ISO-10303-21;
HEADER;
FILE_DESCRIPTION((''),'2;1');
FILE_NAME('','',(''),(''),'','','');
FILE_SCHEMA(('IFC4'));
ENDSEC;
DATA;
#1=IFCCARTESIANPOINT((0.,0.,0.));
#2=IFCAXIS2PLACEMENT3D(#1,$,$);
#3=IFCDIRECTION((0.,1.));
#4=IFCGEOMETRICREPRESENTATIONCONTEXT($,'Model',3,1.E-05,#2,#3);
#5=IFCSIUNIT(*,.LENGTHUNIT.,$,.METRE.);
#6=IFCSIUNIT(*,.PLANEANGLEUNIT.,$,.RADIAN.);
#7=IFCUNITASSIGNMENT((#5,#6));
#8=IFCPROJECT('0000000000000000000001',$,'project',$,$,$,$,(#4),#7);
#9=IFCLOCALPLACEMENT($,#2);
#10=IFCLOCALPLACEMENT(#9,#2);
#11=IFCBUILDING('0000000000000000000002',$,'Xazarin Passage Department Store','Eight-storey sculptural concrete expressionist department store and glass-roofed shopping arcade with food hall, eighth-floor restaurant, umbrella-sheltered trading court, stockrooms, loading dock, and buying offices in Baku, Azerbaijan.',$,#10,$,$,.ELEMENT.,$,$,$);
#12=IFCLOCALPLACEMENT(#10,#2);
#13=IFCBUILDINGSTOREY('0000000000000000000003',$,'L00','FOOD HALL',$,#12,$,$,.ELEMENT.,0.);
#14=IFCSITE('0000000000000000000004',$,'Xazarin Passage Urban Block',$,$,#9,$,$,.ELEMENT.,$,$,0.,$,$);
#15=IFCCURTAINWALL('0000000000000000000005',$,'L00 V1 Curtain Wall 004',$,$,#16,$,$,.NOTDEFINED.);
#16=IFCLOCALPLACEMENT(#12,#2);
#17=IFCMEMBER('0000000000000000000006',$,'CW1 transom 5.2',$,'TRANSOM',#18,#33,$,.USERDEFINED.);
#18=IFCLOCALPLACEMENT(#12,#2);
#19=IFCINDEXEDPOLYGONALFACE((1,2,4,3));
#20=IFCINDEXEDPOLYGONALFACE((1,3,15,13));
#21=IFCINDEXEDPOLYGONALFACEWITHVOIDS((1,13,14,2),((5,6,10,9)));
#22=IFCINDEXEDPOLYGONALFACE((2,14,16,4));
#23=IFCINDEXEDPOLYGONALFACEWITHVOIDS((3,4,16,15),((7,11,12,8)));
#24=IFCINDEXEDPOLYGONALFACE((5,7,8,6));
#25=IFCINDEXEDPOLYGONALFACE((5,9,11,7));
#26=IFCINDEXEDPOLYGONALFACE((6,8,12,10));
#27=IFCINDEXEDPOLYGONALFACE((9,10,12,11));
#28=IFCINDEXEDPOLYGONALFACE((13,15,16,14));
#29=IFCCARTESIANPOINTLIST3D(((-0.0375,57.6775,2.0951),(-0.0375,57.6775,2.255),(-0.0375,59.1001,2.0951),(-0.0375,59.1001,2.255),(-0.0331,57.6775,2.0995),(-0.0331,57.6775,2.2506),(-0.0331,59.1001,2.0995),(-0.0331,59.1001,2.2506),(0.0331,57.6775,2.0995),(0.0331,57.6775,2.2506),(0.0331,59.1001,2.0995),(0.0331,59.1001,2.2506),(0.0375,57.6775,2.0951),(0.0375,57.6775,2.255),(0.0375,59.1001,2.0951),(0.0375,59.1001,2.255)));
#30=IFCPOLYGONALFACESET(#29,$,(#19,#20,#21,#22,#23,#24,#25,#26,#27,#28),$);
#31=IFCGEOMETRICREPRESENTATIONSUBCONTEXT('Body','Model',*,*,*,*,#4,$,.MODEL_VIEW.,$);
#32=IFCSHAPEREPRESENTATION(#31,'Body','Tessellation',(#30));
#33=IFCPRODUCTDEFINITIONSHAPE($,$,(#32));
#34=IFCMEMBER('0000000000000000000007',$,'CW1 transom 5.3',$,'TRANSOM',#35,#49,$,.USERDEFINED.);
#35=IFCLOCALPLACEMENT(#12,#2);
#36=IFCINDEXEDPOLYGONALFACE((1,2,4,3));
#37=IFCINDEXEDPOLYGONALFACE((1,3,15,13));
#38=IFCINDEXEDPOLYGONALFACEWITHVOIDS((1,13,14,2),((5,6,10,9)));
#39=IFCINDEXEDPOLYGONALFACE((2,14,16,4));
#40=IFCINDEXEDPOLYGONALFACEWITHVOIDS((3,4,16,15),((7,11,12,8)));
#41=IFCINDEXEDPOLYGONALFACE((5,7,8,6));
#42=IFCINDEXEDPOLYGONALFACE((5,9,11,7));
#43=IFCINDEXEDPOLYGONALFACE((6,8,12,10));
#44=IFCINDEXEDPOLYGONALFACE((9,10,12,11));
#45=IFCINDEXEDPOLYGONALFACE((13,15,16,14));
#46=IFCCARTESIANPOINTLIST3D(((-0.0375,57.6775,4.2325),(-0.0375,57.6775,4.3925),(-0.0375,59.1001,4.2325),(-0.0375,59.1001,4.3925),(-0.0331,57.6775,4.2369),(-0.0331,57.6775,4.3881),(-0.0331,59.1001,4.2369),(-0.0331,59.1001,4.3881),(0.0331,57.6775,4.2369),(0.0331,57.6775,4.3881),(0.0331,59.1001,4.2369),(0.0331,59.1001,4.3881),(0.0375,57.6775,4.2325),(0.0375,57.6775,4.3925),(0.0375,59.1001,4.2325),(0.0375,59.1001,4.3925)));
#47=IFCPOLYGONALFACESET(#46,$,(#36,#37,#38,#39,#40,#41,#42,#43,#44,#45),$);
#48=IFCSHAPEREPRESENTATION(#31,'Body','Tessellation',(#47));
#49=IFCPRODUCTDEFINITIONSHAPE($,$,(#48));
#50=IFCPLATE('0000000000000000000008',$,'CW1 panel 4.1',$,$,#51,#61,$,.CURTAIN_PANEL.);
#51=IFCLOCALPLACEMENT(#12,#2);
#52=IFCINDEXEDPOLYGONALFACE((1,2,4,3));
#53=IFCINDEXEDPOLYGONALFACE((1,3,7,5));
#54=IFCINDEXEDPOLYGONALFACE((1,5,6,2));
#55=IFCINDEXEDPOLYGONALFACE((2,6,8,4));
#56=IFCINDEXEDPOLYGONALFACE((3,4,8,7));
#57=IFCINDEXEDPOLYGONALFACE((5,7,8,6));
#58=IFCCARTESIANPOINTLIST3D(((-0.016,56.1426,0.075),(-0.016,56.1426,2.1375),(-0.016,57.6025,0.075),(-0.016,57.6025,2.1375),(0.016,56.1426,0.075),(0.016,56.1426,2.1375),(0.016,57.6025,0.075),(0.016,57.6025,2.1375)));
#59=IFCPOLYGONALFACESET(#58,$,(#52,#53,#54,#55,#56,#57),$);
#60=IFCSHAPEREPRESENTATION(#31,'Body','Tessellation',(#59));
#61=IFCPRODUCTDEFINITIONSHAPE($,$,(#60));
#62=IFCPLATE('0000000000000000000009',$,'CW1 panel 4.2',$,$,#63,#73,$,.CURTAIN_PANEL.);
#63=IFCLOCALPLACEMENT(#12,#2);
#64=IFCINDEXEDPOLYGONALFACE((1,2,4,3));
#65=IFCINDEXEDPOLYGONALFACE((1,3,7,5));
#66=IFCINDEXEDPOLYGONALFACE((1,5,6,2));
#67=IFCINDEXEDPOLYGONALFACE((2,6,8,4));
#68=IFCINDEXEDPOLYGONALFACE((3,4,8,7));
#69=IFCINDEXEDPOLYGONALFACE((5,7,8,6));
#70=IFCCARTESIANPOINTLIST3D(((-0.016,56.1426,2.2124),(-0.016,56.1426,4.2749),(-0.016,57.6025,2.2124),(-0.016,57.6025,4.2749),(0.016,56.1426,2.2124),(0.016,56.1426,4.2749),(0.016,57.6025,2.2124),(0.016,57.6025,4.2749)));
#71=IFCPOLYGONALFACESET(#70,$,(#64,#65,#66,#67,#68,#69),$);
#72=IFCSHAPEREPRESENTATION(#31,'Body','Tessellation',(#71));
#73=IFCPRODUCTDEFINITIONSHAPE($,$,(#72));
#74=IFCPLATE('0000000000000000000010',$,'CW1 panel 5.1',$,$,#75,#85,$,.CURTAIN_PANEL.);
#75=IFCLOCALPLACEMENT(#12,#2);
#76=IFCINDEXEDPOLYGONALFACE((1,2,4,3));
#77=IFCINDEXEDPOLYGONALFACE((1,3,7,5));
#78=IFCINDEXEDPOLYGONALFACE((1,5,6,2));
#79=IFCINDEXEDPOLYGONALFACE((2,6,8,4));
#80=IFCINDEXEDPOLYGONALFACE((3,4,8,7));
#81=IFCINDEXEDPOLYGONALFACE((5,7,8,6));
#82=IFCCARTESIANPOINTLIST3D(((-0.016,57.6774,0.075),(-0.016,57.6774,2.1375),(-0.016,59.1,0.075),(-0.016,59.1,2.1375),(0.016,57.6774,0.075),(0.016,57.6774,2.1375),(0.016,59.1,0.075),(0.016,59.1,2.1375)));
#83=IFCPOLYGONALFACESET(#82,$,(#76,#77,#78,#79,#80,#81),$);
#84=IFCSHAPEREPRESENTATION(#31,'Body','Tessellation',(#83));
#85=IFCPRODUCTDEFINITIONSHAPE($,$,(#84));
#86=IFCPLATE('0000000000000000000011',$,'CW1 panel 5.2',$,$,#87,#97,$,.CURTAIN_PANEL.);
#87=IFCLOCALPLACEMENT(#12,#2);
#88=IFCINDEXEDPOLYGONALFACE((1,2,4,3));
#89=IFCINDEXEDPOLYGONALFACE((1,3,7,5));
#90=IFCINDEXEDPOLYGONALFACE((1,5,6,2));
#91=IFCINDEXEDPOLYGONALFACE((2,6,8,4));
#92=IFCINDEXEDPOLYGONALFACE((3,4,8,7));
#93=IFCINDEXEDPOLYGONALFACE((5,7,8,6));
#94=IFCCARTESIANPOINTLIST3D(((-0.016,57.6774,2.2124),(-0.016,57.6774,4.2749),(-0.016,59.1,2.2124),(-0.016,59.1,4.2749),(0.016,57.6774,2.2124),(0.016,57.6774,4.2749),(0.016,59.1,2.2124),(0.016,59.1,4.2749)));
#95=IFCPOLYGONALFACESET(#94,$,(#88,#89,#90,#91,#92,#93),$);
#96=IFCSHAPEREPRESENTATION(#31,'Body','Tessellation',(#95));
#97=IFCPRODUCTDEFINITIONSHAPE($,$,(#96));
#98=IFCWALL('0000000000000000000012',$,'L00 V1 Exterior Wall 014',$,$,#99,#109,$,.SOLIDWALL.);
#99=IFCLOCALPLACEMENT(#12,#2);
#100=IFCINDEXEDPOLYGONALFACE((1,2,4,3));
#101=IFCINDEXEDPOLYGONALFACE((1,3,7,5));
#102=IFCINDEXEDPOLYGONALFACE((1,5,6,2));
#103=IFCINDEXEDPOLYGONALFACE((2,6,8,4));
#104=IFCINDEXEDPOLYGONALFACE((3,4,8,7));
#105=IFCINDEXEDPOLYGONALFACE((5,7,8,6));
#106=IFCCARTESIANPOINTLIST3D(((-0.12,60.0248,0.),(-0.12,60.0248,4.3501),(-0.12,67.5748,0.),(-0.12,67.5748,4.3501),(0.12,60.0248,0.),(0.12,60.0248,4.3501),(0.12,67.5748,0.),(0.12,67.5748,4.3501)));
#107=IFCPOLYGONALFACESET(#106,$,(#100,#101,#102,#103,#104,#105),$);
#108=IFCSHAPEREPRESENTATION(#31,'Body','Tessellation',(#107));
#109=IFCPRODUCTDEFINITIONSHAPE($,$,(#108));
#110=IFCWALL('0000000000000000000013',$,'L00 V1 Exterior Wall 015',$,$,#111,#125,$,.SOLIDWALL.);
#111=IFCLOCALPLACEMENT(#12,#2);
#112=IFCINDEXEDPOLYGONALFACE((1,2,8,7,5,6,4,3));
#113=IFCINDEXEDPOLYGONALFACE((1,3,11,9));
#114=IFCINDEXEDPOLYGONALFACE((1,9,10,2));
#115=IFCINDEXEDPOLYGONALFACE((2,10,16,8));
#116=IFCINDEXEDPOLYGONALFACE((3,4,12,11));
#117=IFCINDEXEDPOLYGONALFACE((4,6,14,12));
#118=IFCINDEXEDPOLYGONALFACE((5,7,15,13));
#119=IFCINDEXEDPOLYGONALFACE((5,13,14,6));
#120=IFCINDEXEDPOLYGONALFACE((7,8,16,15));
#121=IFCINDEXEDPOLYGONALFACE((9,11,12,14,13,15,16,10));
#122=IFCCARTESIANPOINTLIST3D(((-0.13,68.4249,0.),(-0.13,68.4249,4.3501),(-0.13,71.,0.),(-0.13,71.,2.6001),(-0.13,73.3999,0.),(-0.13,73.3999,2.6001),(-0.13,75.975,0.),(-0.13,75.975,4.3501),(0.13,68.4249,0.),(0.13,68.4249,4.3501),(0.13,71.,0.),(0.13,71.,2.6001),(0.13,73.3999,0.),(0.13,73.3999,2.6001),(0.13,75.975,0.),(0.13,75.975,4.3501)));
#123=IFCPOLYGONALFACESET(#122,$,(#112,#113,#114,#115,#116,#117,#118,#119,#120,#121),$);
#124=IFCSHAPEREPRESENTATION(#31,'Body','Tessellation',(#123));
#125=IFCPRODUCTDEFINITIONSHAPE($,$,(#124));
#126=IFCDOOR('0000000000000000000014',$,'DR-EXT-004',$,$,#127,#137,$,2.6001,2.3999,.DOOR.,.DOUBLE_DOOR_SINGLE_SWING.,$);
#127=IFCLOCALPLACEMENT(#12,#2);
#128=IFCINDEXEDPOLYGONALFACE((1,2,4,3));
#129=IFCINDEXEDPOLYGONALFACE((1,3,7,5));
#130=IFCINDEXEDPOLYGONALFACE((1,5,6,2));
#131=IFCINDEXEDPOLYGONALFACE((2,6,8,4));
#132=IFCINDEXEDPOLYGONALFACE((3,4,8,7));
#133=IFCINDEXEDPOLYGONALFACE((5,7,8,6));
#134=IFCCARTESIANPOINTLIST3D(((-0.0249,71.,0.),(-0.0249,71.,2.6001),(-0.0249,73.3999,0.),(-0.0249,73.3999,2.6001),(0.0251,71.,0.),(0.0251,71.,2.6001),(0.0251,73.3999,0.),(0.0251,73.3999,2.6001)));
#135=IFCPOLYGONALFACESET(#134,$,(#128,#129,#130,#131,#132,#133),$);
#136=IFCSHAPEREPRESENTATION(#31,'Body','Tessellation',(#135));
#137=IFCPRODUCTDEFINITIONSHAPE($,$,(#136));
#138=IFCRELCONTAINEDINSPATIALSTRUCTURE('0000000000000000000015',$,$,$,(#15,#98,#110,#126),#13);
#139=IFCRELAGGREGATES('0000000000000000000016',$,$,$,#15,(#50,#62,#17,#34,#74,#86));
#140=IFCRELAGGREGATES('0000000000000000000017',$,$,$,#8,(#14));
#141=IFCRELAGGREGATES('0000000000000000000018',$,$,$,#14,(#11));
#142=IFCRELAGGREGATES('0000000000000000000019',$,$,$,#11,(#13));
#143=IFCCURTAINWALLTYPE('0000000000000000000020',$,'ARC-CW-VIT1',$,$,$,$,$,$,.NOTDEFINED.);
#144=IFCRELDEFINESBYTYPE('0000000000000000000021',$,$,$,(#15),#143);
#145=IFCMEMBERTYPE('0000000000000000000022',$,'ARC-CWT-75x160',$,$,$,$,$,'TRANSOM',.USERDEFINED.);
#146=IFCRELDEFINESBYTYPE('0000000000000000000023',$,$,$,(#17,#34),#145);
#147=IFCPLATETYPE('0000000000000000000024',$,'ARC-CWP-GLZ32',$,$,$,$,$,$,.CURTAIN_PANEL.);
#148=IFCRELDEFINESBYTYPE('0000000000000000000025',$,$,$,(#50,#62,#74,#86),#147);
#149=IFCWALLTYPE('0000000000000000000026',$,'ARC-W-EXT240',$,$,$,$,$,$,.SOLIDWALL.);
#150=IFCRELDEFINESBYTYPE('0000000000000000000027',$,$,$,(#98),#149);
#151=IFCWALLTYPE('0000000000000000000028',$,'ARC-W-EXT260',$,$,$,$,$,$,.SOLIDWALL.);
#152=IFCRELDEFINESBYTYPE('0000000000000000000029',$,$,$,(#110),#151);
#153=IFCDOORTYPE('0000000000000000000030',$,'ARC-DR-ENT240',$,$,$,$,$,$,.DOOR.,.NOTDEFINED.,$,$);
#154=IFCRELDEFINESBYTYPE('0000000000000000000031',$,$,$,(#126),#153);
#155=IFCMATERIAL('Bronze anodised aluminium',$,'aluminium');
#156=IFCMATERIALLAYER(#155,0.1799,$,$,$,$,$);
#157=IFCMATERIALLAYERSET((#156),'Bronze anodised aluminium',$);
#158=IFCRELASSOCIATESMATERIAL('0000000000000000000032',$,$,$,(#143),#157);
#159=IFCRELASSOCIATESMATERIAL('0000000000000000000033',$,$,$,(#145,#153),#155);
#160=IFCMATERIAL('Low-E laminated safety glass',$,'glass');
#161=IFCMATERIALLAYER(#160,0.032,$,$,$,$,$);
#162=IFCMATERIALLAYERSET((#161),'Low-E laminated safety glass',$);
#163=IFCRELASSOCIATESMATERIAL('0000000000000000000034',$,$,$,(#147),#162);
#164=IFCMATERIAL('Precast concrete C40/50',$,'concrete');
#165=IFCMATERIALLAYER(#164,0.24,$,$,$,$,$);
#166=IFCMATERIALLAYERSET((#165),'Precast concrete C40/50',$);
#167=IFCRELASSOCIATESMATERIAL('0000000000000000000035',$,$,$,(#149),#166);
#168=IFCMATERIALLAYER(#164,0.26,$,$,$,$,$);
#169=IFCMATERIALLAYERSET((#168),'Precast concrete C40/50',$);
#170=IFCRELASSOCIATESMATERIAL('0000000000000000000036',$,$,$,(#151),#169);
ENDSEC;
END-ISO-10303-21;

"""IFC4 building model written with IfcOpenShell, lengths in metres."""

from ifc_helpers import new_model, si_unit, direction, frame, frame_2d, origin, origin_2d, place, context, subcontext, project, spatial, rectangle, hollow_rectangle, extrude, material, layer, layer_set, material_profile, profile_set, type_object, element, fill, aggregate, save


model = new_model("IFC4")

# Units and contexts
model_context = context("Model", 3, precision=1e-05, world=origin(), true_north=direction((0.0, 1.0)))
body_context = subcontext(model_context, "Body", "Model", "MODEL_VIEW")
ifc_project = project(units=[si_unit("LENGTHUNIT", "METRE"), si_unit("PLANEANGLEUNIT", "RADIAN")], contexts=[model_context])

# Site, building, storey
site_placement = place(None, origin())
site = spatial("IfcSite", under=ifc_project, at=site_placement, Name="Xazarin Passage Urban Block", CompositionType="ELEMENT", RefElevation=0.0)
building_placement = place(site_placement, origin())
building = spatial("IfcBuilding", under=site, at=building_placement, Name="Xazarin Passage Department Store", Description="Eight-storey sculptural concrete expressionist department store and glass-roofed shopping arcade with food hall, eighth-floor restaurant, umbrella-sheltered trading court, stockrooms, loading dock, and buying offices in Baku, Azerbaijan.", CompositionType="ELEMENT")
storey_placement = place(building_placement, origin())
storey = spatial("IfcBuildingStorey", under=building, at=storey_placement, Name="L00", Description="FOOD HALL", CompositionType="ELEMENT", Elevation=0.0)

# Curtain wall, members, plates
ifc_material_1 = material(Name="Bronze anodised aluminium", Category="aluminium")
ifc_layer_1 = layer(ifc_material_1, 0.1799)
ifc_layer_set_1 = layer_set([ifc_layer_1], Name="Bronze anodised aluminium")
curtain_wall_type = type_object("IfcCurtainWallType", Name="ARC-CW-VIT1", PredefinedType="NOTDEFINED", material=ifc_layer_set_1)
curtain_wall_placement = place(storey_placement, origin())
curtain_wall = element("IfcCurtainWall", 1, at=curtain_wall_placement, inside=storey, type_object=curtain_wall_type, Name="L00 V1 Curtain Wall 004", PredefinedType="NOTDEFINED")
ifc_material_profile_1 = material_profile(ifc_material_1, hollow_rectangle(XDim=0.075, YDim=0.1599, WallThickness=0.0044, at=origin_2d()), Name="ALU 75x160")
ifc_profile_set_1 = profile_set([ifc_material_profile_1], Name="Bronze anodised aluminium")
member_type_1 = type_object("IfcMemberType", Name="ARC-CWT-75x160", ElementType="TRANSOM", PredefinedType="USERDEFINED", material=ifc_profile_set_1)
member_1_placement = place(storey_placement, frame((0.0, 57.6775, 2.175), z_axis=(0.0, 1.0, 0.0), x_axis=(-1.0, 0.0, 0.0)))
member_1 = element("IfcMember", 2, at=member_1_placement, type_object=member_type_1, Name="CW1 transom 5.2", ObjectType="TRANSOM", PredefinedType="USERDEFINED", context=body_context, shape_type="SweptSolid", body=[
    extrude(hollow_rectangle(XDim=0.075, YDim=0.1599, WallThickness=0.0044, at=origin_2d()), origin(), (0.0, 0.0, 1.0), 1.4226),
])
member_2_placement = place(storey_placement, frame((0.0, 57.6775, 4.3125), z_axis=(0.0, 1.0, 0.0), x_axis=(-1.0, 0.0, 0.0)))
member_2 = element("IfcMember", 3, at=member_2_placement, type_object=member_type_1, Name="CW1 transom 5.3", ObjectType="TRANSOM", PredefinedType="USERDEFINED", context=body_context, shape_type="SweptSolid", body=[
    extrude(hollow_rectangle(XDim=0.075, YDim=0.1599, WallThickness=0.0044, at=origin_2d()), origin(), (0.0, 0.0, 1.0), 1.4226),
])
ifc_material_2 = material(Name="Low-E laminated safety glass", Category="glass")
ifc_layer_2 = layer(ifc_material_2, 0.032)
ifc_layer_set_2 = layer_set([ifc_layer_2], Name="Low-E laminated safety glass")
plate_type = type_object("IfcPlateType", Name="ARC-CWP-GLZ32", PredefinedType="CURTAIN_PANEL", material=ifc_layer_set_2)
plate_1_placement = place(storey_placement, frame((0.0, 56.8726, 0.075), z_axis=(0.0, 0.0, 1.0), x_axis=(0.0, 1.0, 0.0)))
plate_1 = element("IfcPlate", 4, at=plate_1_placement, type_object=plate_type, Name="CW1 panel 4.1", PredefinedType="CURTAIN_PANEL", context=body_context, shape_type="SweptSolid", body=[
    extrude(rectangle(XDim=1.46, YDim=0.032, at=origin_2d()), origin(), (0.0, 0.0, 1.0), 2.0625),
])
plate_2_placement = place(storey_placement, frame((0.0, 56.8726, 2.2124), z_axis=(0.0, 0.0, 1.0), x_axis=(0.0, 1.0, 0.0)))
plate_2 = element("IfcPlate", 5, at=plate_2_placement, type_object=plate_type, Name="CW1 panel 4.2", PredefinedType="CURTAIN_PANEL", context=body_context, shape_type="SweptSolid", body=[
    extrude(rectangle(XDim=1.46, YDim=0.032, at=origin_2d()), origin(), (0.0, 0.0, 1.0), 2.0625),
])
plate_3_placement = place(storey_placement, frame((0.0, 58.3887, 0.075), z_axis=(0.0, 0.0, 1.0), x_axis=(0.0, 1.0, 0.0)))
plate_3 = element("IfcPlate", 6, at=plate_3_placement, type_object=plate_type, Name="CW1 panel 5.1", PredefinedType="CURTAIN_PANEL", context=body_context, shape_type="SweptSolid", body=[
    extrude(rectangle(XDim=1.4226, YDim=0.032, at=origin_2d()), origin(), (0.0, 0.0, 1.0), 2.0625),
])
plate_4_placement = place(storey_placement, frame((0.0, 58.3887, 2.2124), z_axis=(0.0, 0.0, 1.0), x_axis=(0.0, 1.0, 0.0)))
plate_4 = element("IfcPlate", 7, at=plate_4_placement, type_object=plate_type, Name="CW1 panel 5.2", PredefinedType="CURTAIN_PANEL", context=body_context, shape_type="SweptSolid", body=[
    extrude(rectangle(XDim=1.4226, YDim=0.032, at=origin_2d()), origin(), (0.0, 0.0, 1.0), 2.0625),
])
aggregate(curtain_wall, [plate_1, plate_2, member_1, member_2, plate_3, plate_4])

# Wall
ifc_material_3 = material(Name="Precast concrete C40/50", Category="concrete")
ifc_layer_3 = layer(ifc_material_3, 0.24)
ifc_layer_set_3 = layer_set([ifc_layer_3], Name="Precast concrete C40/50")
wall_type_1 = type_object("IfcWallType", Name="ARC-W-EXT240", PredefinedType="SOLIDWALL", material=ifc_layer_set_3)
wall_1_placement = place(storey_placement, frame((0.0, 60.0249, 0.0), z_axis=(0.0, 0.0, 1.0), x_axis=(0.0, 1.0, 0.0)))
element("IfcWall", 8, at=wall_1_placement, inside=storey, type_object=wall_type_1, Name="L00 V1 Exterior Wall 014", PredefinedType="SOLIDWALL", context=body_context, shape_type="SweptSolid", body=[
    extrude(rectangle(XDim=7.55, YDim=0.24, at=frame_2d((3.7749, 0.0))), origin(), (0.0, 0.0, 1.0), 4.3501),
])

# Wall, opening, door
ifc_layer_4 = layer(ifc_material_3, 0.26)
ifc_layer_set_4 = layer_set([ifc_layer_4], Name="Precast concrete C40/50")
wall_type_2 = type_object("IfcWallType", Name="ARC-W-EXT260", PredefinedType="SOLIDWALL", material=ifc_layer_set_4)
wall_2_placement = place(storey_placement, frame((0.0, 68.425, 0.0), z_axis=(0.0, 0.0, 1.0), x_axis=(0.0, 1.0, 0.0)))
wall_2 = element("IfcWall", 9, at=wall_2_placement, inside=storey, type_object=wall_type_2, Name="L00 V1 Exterior Wall 015", PredefinedType="SOLIDWALL", context=body_context, shape_type="SweptSolid", body=[
    extrude(rectangle(XDim=7.55, YDim=0.26, at=frame_2d((3.7749, 0.0))), origin(), (0.0, 0.0, 1.0), 4.3501),
])
opening_placement = place(wall_2_placement, frame((2.575, 0.0, 0.0)))
opening = element("IfcOpeningElement", 10, at=opening_placement, cuts=wall_2, PredefinedType="OPENING", context=body_context, shape_type="SweptSolid", body=[
    extrude(rectangle(XDim=2.3999, YDim=2.6001, at=frame_2d((1.2, 1.3))), frame((0.0, 0.1399, 0.0), z_axis=(0.0, -1.0, 0.0), x_axis=(1.0, 0.0, 0.0)), (0.0, 0.0, 1.0), 0.28),
])
door_type = type_object("IfcDoorType", Name="ARC-DR-ENT240", OperationType="NOTDEFINED", PredefinedType="DOOR", material=ifc_material_1)
door_placement = place(opening_placement, origin())
door = element("IfcDoor", 11, at=door_placement, inside=storey, type_object=door_type, Name="DR-EXT-004", OperationType="DOUBLE_DOOR_SINGLE_SWING", OverallHeight=2.6001, OverallWidth=2.3999, PredefinedType="DOOR", context=body_context, shape_type="SweptSolid", body=[
    extrude(rectangle(XDim=2.3999, YDim=2.6001, at=frame_2d((1.2, 1.3))), frame((0.0, 0.0249, 0.0), z_axis=(0.0, -1.0, 0.0), x_axis=(1.0, 0.0, 0.0)), (0.0, 0.0, 1.0), 0.05),
])
fill(opening, door)

save(model, "model.ifc")
